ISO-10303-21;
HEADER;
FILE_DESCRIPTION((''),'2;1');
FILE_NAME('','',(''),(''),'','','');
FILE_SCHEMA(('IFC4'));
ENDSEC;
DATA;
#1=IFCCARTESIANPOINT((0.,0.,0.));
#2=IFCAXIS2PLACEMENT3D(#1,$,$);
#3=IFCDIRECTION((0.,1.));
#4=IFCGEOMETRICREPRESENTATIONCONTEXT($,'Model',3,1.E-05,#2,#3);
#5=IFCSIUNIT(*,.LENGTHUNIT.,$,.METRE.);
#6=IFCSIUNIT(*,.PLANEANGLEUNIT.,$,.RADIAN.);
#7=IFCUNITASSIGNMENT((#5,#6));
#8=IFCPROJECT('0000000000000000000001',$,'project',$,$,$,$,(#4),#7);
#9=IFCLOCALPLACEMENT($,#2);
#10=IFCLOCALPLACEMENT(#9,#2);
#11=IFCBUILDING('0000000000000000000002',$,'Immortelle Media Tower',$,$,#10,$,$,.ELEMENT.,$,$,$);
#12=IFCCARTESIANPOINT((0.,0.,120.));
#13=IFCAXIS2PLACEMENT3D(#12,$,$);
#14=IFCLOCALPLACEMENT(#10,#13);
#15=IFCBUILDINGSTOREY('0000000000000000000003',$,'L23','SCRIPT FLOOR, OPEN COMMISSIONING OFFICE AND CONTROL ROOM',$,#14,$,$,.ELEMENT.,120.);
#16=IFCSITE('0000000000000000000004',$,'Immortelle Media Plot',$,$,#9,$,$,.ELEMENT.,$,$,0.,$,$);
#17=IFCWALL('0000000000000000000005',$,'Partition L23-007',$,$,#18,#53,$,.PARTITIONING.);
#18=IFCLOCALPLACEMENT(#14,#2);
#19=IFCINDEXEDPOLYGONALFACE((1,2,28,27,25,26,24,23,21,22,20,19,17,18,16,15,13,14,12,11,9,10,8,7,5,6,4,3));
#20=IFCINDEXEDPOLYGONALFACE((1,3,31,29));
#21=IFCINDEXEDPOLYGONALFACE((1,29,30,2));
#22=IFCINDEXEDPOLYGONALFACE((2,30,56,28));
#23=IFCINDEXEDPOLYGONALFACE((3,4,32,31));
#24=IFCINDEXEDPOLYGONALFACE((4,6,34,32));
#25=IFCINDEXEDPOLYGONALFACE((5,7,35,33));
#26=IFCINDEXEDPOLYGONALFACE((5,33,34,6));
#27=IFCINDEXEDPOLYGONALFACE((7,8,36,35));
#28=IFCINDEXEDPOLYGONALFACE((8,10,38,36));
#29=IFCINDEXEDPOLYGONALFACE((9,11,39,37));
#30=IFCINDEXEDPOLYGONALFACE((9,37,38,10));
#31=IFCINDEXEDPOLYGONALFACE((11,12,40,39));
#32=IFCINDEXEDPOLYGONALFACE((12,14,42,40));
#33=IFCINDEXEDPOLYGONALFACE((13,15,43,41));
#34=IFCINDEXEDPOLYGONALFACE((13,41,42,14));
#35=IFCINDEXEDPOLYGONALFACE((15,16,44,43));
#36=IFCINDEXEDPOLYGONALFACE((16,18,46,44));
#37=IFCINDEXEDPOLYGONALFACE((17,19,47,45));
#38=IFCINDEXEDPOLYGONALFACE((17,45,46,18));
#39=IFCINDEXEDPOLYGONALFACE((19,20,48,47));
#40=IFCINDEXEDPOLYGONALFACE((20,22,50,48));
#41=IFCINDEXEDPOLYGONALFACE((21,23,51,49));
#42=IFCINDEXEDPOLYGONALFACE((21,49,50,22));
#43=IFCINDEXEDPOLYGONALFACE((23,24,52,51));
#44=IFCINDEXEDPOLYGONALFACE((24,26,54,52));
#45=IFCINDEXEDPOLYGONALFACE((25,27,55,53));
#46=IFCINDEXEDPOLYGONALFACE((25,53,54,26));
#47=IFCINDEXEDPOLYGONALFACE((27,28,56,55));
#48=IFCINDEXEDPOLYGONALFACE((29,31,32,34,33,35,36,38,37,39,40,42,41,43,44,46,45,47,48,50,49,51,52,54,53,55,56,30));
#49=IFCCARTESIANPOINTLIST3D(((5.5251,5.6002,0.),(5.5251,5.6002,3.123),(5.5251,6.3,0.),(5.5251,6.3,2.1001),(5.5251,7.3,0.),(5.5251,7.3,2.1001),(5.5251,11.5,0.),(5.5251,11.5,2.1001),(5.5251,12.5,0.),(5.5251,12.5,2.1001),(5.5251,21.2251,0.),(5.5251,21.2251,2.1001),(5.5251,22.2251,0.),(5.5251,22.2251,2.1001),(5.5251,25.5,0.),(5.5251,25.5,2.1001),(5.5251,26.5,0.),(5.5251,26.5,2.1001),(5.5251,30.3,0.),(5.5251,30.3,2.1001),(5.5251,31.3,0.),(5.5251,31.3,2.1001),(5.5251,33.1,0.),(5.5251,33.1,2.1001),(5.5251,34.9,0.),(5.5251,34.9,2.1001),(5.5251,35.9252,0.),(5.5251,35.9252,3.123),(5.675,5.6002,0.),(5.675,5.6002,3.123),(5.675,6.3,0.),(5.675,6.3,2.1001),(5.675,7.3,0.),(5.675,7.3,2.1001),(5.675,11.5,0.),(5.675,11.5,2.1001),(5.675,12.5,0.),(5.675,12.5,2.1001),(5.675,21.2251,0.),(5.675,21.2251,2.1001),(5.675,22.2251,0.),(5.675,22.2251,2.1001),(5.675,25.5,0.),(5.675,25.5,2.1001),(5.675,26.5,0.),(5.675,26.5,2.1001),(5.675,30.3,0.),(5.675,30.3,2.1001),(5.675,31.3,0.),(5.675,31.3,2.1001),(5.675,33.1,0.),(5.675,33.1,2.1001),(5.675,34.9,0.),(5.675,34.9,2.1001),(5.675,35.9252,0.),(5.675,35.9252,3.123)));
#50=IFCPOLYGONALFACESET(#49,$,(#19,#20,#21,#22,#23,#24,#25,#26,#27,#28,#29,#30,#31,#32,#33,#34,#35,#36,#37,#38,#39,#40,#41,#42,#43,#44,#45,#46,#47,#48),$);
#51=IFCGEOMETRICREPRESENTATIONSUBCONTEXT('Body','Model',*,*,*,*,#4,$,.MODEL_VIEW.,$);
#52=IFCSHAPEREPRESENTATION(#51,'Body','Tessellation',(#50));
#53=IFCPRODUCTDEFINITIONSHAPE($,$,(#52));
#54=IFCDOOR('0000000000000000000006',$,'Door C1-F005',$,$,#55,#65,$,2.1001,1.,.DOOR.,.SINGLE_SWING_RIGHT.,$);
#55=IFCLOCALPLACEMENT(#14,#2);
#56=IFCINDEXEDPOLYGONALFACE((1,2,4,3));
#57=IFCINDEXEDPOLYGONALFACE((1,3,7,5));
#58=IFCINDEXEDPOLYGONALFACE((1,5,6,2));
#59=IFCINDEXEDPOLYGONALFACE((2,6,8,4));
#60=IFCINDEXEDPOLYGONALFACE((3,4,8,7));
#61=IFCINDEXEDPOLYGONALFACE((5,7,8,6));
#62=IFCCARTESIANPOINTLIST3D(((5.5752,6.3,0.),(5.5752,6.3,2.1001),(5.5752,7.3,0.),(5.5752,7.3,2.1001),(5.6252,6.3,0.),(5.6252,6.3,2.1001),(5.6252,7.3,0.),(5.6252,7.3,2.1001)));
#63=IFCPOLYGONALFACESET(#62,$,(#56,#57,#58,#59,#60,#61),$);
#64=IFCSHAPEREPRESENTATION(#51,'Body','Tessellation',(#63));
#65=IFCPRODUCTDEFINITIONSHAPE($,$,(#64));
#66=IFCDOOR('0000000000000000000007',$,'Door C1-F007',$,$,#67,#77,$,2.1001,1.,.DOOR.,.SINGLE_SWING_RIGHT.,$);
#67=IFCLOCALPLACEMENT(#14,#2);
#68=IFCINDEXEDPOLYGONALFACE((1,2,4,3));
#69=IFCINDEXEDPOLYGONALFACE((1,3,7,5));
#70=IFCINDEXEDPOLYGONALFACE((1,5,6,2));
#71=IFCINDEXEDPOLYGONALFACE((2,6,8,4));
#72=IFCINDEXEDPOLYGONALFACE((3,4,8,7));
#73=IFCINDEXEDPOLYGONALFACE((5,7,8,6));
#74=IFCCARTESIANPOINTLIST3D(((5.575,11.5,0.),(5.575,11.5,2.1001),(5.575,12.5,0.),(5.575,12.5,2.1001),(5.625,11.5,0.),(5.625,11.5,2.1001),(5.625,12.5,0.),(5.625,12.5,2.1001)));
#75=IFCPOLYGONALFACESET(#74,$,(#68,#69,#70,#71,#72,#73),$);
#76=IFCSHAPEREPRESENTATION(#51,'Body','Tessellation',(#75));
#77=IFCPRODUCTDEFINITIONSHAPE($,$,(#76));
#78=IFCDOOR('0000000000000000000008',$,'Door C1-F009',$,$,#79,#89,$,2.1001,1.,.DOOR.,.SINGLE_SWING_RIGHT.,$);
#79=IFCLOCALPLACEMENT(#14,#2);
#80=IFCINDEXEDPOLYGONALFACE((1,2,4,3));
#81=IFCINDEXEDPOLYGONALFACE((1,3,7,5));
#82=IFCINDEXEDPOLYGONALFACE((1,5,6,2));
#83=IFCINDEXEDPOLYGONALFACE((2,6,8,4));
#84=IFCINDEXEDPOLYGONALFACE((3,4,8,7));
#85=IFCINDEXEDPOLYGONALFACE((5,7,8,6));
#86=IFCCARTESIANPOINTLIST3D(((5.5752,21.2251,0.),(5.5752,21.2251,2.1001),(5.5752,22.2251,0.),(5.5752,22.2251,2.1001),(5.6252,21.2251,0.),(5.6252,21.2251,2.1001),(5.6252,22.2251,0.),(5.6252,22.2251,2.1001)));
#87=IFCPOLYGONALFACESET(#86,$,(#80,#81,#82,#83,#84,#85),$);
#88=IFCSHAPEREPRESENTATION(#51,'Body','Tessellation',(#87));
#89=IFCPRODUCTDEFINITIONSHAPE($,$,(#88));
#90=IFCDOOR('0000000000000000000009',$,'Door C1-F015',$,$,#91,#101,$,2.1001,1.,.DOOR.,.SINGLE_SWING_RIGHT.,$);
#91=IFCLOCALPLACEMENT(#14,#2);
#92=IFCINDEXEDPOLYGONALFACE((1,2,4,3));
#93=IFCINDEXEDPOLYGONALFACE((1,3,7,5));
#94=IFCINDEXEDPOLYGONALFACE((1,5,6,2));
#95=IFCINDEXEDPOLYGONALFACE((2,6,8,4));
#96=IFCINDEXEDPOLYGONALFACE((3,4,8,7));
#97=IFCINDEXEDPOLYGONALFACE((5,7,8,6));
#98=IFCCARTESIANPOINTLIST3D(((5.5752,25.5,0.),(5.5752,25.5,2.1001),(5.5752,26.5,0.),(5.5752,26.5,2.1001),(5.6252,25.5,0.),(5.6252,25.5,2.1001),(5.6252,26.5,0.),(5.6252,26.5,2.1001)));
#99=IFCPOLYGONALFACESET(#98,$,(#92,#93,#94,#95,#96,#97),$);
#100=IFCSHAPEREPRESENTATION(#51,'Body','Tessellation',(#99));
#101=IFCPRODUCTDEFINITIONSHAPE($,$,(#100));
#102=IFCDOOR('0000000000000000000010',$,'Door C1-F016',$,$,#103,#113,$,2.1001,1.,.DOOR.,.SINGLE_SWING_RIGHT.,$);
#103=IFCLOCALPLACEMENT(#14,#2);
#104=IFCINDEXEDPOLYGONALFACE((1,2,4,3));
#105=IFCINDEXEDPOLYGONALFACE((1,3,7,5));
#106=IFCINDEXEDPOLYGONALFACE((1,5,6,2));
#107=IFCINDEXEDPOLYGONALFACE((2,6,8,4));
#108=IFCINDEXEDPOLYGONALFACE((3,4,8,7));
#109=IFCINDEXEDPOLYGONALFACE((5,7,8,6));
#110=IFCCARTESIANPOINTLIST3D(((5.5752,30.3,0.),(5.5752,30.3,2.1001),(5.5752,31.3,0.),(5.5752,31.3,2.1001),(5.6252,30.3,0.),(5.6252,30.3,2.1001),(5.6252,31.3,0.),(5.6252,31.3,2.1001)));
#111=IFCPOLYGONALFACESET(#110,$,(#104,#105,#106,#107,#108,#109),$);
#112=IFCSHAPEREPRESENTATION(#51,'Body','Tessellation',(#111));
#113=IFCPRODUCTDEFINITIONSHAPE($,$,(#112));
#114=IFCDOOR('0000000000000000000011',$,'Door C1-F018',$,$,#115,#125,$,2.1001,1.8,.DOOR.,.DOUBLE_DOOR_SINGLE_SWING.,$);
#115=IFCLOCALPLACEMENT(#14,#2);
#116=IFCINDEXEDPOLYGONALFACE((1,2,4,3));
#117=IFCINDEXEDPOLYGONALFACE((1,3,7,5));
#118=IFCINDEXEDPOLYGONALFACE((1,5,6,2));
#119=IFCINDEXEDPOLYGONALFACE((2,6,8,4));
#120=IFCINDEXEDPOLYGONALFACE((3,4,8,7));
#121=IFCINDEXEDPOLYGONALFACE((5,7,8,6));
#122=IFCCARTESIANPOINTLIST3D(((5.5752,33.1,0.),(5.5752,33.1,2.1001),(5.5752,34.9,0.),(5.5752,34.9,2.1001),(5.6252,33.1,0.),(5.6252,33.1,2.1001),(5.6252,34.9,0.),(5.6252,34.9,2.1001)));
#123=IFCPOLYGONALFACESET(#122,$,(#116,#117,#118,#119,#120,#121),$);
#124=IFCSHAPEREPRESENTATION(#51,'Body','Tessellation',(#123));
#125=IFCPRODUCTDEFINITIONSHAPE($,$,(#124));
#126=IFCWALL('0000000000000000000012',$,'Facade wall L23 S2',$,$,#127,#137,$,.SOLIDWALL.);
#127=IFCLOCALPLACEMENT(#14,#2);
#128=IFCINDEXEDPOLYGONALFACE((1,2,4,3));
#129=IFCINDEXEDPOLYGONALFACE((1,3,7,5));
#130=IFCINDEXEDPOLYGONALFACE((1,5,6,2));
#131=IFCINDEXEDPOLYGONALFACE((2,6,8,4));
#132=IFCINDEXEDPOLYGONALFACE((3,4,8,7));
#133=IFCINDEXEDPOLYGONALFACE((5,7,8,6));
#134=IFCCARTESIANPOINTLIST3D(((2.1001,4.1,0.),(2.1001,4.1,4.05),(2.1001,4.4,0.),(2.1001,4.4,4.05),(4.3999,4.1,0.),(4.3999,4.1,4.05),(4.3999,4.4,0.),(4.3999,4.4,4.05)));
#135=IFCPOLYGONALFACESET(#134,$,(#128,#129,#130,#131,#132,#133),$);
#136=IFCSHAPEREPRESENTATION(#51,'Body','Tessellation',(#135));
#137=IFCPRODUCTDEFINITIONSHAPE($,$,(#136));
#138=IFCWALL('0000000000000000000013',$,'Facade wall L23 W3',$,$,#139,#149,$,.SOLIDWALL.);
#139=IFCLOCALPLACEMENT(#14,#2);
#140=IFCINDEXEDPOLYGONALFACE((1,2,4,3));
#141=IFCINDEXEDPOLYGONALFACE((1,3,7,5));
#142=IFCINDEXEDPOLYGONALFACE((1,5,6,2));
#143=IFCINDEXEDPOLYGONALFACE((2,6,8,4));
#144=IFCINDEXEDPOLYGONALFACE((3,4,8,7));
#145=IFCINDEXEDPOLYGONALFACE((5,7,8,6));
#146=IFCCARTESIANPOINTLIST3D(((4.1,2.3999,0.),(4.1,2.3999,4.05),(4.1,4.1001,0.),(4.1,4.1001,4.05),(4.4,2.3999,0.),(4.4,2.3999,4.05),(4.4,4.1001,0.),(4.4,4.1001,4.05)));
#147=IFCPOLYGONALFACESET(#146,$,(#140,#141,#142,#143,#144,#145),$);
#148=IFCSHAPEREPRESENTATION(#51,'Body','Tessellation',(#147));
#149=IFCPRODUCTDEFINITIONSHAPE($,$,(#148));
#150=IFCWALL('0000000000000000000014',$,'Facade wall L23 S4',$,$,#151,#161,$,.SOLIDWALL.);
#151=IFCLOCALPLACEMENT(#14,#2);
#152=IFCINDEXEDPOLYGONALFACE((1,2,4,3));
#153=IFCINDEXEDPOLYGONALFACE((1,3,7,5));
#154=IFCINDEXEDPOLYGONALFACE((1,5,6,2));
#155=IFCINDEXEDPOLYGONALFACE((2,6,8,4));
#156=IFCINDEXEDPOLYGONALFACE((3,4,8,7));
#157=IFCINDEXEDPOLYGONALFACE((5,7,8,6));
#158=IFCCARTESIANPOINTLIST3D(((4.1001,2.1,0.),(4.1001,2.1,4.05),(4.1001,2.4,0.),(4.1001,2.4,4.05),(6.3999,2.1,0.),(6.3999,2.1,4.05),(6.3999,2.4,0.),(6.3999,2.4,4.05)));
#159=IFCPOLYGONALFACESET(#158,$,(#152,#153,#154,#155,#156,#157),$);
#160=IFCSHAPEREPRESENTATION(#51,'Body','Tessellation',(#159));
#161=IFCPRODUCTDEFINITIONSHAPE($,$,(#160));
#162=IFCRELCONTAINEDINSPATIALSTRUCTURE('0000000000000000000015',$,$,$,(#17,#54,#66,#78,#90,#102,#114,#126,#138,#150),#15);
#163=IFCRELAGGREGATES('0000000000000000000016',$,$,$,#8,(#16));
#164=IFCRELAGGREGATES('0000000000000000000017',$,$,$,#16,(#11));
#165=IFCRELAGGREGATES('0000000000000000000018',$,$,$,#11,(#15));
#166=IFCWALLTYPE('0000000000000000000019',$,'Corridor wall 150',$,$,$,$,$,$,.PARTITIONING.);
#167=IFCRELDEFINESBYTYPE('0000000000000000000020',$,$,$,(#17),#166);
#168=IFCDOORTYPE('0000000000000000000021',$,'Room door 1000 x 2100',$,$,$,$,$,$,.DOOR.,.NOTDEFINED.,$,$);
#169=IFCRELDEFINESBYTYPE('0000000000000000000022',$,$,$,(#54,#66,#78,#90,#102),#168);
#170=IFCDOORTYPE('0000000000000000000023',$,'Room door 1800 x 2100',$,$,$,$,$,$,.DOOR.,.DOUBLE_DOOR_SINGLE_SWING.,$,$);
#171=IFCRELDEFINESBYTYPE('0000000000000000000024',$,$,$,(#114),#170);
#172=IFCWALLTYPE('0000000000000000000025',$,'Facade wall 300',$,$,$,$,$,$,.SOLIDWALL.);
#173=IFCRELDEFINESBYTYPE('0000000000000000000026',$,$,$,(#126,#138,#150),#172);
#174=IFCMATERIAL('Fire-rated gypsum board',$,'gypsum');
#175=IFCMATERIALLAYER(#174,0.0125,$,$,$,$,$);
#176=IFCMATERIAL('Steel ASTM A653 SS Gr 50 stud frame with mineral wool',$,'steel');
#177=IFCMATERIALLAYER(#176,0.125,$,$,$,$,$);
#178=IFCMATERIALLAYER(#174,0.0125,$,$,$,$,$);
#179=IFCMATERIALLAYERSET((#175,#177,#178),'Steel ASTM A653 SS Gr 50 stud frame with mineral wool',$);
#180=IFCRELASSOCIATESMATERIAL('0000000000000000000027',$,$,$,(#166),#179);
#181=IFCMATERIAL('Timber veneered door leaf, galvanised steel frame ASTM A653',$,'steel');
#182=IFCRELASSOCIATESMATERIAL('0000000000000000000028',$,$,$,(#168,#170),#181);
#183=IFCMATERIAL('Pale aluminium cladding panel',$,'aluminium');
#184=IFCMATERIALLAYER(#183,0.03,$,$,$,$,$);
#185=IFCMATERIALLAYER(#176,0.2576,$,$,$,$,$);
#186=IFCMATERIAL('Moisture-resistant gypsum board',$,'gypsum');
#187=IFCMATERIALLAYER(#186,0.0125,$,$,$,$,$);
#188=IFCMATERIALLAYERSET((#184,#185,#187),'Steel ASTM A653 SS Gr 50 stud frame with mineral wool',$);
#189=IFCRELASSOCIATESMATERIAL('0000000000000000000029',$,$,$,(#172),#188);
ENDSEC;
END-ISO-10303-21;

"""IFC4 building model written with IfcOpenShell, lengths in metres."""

from ifc_helpers import new_model, si_unit, direction, frame, frame_2d, origin, place, context, subcontext, project, spatial, rectangle, extrude, material, layer, layer_set, type_object, element, fill, save


model = new_model("IFC4")

# Units and contexts
model_context = context("Model", 3, precision=1e-05, world=origin(), true_north=direction((0.0, 1.0)))
body_context = subcontext(model_context, "Body", "Model", "MODEL_VIEW")
ifc_project = project(units=[si_unit("LENGTHUNIT", "METRE"), si_unit("PLANEANGLEUNIT", "RADIAN")], contexts=[model_context])

# Site, building, storey
site_placement = place(None, origin())
site = spatial("IfcSite", under=ifc_project, at=site_placement, Name="Immortelle Media Plot", CompositionType="ELEMENT", RefElevation=0.0)
building_placement = place(site_placement, origin())
building = spatial("IfcBuilding", under=site, at=building_placement, Name="Immortelle Media Tower", CompositionType="ELEMENT")
storey_placement = place(building_placement, frame((0.0, 0.0, 120.0)))
storey = spatial("IfcBuildingStorey", under=building, at=storey_placement, Name="L23", Description="SCRIPT FLOOR, OPEN COMMISSIONING OFFICE AND CONTROL ROOM", CompositionType="ELEMENT", Elevation=120.0)

# Wall, openings, doors
ifc_material_1 = material(Name="Fire-rated gypsum board", Category="gypsum")
ifc_layer_1 = layer(ifc_material_1, 0.0125)
ifc_material_2 = material(Name="Steel ASTM A653 SS Gr 50 stud frame with mineral wool", Category="steel")
ifc_layer_2 = layer(ifc_material_2, 0.125)
ifc_layer_3 = layer(ifc_material_1, 0.0125)
ifc_layer_set_1 = layer_set([ifc_layer_1, ifc_layer_2, ifc_layer_3], Name="Steel ASTM A653 SS Gr 50 stud frame with mineral wool")
wall_type_1 = type_object("IfcWallType", Name="Corridor wall 150", PredefinedType="PARTITIONING", material=ifc_layer_set_1)
ifc_material_3 = material(Name="Timber veneered door leaf, galvanised steel frame ASTM A653", Category="steel")
door_type_1 = type_object("IfcDoorType", Name="Room door 1000 x 2100", OperationType="NOTDEFINED", PredefinedType="DOOR", material=ifc_material_3)
wall_1_placement = place(storey_placement, frame((5.6001, 5.6001, 0.0), z_axis=(0.0, 0.0, 1.0), x_axis=(0.0, 1.0, 0.0)))
wall_1 = element("IfcWall", 1, at=wall_1_placement, inside=storey, type_object=wall_type_1, Name="Partition L23-007", PredefinedType="PARTITIONING", context=body_context, shape_type="SweptSolid", body=[
    extrude(rectangle(XDim=30.325, YDim=0.1499, at=frame_2d((15.1626, 0.0))), origin(), (0.0, 0.0, 1.0), 3.123),
])
opening_1_placement = place(wall_1_placement, frame((0.7, 0.0, 0.0)))
opening_1 = element("IfcOpeningElement", 2, at=opening_1_placement, cuts=wall_1, PredefinedType="OPENING", context=body_context, shape_type="SweptSolid", body=[
    extrude(rectangle(XDim=1.0, YDim=2.1001, at=frame_2d((0.5, 1.05))), frame((0.0, 0.085, 0.0), z_axis=(0.0, -1.0, 0.0), x_axis=(1.0, 0.0, 0.0)), (0.0, 0.0, 1.0), 0.1699),
])
opening_2_placement = place(wall_1_placement, frame((6.8999, 0.0, 0.0), z_axis=(0.0, 0.0, 1.0), x_axis=(-1.0, 0.0, 0.0)))
opening_2 = element("IfcOpeningElement", 3, at=opening_2_placement, cuts=wall_1, PredefinedType="OPENING", context=body_context, shape_type="SweptSolid", body=[
    extrude(rectangle(XDim=1.0, YDim=2.1001, at=frame_2d((0.5, 1.05))), frame((0.0, 0.085, 0.0), z_axis=(0.0, -1.0, 0.0), x_axis=(1.0, 0.0, 0.0)), (0.0, 0.0, 1.0), 0.1699),
])
opening_3_placement = place(wall_1_placement, frame((15.625, 0.0, 0.0)))
opening_3 = element("IfcOpeningElement", 4, at=opening_3_placement, cuts=wall_1, PredefinedType="OPENING", context=body_context, shape_type="SweptSolid", body=[
    extrude(rectangle(XDim=1.0, YDim=2.1001, at=frame_2d((0.5, 1.05))), frame((0.0, 0.085, 0.0), z_axis=(0.0, -1.0, 0.0), x_axis=(1.0, 0.0, 0.0)), (0.0, 0.0, 1.0), 0.1699),
])
opening_4_placement = place(wall_1_placement, frame((19.8999, 0.0, 0.0)))
opening_4 = element("IfcOpeningElement", 5, at=opening_4_placement, cuts=wall_1, PredefinedType="OPENING", context=body_context, shape_type="SweptSolid", body=[
    extrude(rectangle(XDim=1.0, YDim=2.1001, at=frame_2d((0.5, 1.05))), frame((0.0, 0.085, 0.0), z_axis=(0.0, -1.0, 0.0), x_axis=(1.0, 0.0, 0.0)), (0.0, 0.0, 1.0), 0.1699),
])
opening_5_placement = place(wall_1_placement, frame((24.7, 0.0, 0.0)))
opening_5 = element("IfcOpeningElement", 6, at=opening_5_placement, cuts=wall_1, PredefinedType="OPENING", context=body_context, shape_type="SweptSolid", body=[
    extrude(rectangle(XDim=1.0, YDim=2.1001, at=frame_2d((0.5, 1.05))), frame((0.0, 0.085, 0.0), z_axis=(0.0, -1.0, 0.0), x_axis=(1.0, 0.0, 0.0)), (0.0, 0.0, 1.0), 0.1699),
])
opening_6_placement = place(wall_1_placement, frame((27.5, 0.0, 0.0)))
opening_6 = element("IfcOpeningElement", 7, at=opening_6_placement, cuts=wall_1, PredefinedType="OPENING", context=body_context, shape_type="SweptSolid", body=[
    extrude(rectangle(XDim=1.8, YDim=2.1001, at=frame_2d((0.8999, 1.05))), frame((0.0, 0.085, 0.0), z_axis=(0.0, -1.0, 0.0), x_axis=(1.0, 0.0, 0.0)), (0.0, 0.0, 1.0), 0.1699),
])
door_1_placement = place(opening_1_placement, origin())
door_1 = element("IfcDoor", 8, at=door_1_placement, inside=storey, type_object=door_type_1, Name="Door C1-F005", OperationType="SINGLE_SWING_RIGHT", OverallHeight=2.1001, OverallWidth=1.0, PredefinedType="DOOR", context=body_context, shape_type="SweptSolid", body=[
    extrude(rectangle(XDim=1.0, YDim=2.1001, at=frame_2d((0.5, 1.05))), frame((0.0, 0.0249, 0.0), z_axis=(0.0, -1.0, 0.0), x_axis=(1.0, 0.0, 0.0)), (0.0, 0.0, 1.0), 0.05),
])
fill(opening_1, door_1)
door_2_placement = place(opening_2_placement, origin())
door_2 = element("IfcDoor", 9, at=door_2_placement, inside=storey, type_object=door_type_1, Name="Door C1-F007", OperationType="SINGLE_SWING_RIGHT", OverallHeight=2.1001, OverallWidth=1.0, PredefinedType="DOOR", context=body_context, shape_type="SweptSolid", body=[
    extrude(rectangle(XDim=1.0, YDim=2.1001, at=frame_2d((0.5, 1.05))), frame((0.0, 0.0249, 0.0), z_axis=(0.0, -1.0, 0.0), x_axis=(1.0, 0.0, 0.0)), (0.0, 0.0, 1.0), 0.05),
])
fill(opening_2, door_2)
door_3_placement = place(opening_3_placement, origin())
door_3 = element("IfcDoor", 10, at=door_3_placement, inside=storey, type_object=door_type_1, Name="Door C1-F009", OperationType="SINGLE_SWING_RIGHT", OverallHeight=2.1001, OverallWidth=1.0, PredefinedType="DOOR", context=body_context, shape_type="SweptSolid", body=[
    extrude(rectangle(XDim=1.0, YDim=2.1001, at=frame_2d((0.5, 1.05))), frame((0.0, 0.0249, 0.0), z_axis=(0.0, -1.0, 0.0), x_axis=(1.0, 0.0, 0.0)), (0.0, 0.0, 1.0), 0.05),
])
fill(opening_3, door_3)
door_4_placement = place(opening_4_placement, origin())
door_4 = element("IfcDoor", 11, at=door_4_placement, inside=storey, type_object=door_type_1, Name="Door C1-F015", OperationType="SINGLE_SWING_RIGHT", OverallHeight=2.1001, OverallWidth=1.0, PredefinedType="DOOR", context=body_context, shape_type="SweptSolid", body=[
    extrude(rectangle(XDim=1.0, YDim=2.1001, at=frame_2d((0.5, 1.05))), frame((0.0, 0.0249, 0.0), z_axis=(0.0, -1.0, 0.0), x_axis=(1.0, 0.0, 0.0)), (0.0, 0.0, 1.0), 0.05),
])
fill(opening_4, door_4)
door_5_placement = place(opening_5_placement, origin())
door_5 = element("IfcDoor", 12, at=door_5_placement, inside=storey, type_object=door_type_1, Name="Door C1-F016", OperationType="SINGLE_SWING_RIGHT", OverallHeight=2.1001, OverallWidth=1.0, PredefinedType="DOOR", context=body_context, shape_type="SweptSolid", body=[
    extrude(rectangle(XDim=1.0, YDim=2.1001, at=frame_2d((0.5, 1.05))), frame((0.0, 0.0249, 0.0), z_axis=(0.0, -1.0, 0.0), x_axis=(1.0, 0.0, 0.0)), (0.0, 0.0, 1.0), 0.05),
])
fill(opening_5, door_5)
door_type_2 = type_object("IfcDoorType", Name="Room door 1800 x 2100", OperationType="DOUBLE_DOOR_SINGLE_SWING", PredefinedType="DOOR", material=ifc_material_3)
door_6_placement = place(opening_6_placement, origin())
door_6 = element("IfcDoor", 13, at=door_6_placement, inside=storey, type_object=door_type_2, Name="Door C1-F018", OperationType="DOUBLE_DOOR_SINGLE_SWING", OverallHeight=2.1001, OverallWidth=1.8, PredefinedType="DOOR", context=body_context, shape_type="SweptSolid", body=[
    extrude(rectangle(XDim=1.8, YDim=2.1001, at=frame_2d((0.8999, 1.05))), frame((0.0, 0.0249, 0.0), z_axis=(0.0, -1.0, 0.0), x_axis=(1.0, 0.0, 0.0)), (0.0, 0.0, 1.0), 0.05),
])
fill(opening_6, door_6)

# Walls
ifc_material_4 = material(Name="Pale aluminium cladding panel", Category="aluminium")
ifc_layer_4 = layer(ifc_material_4, 0.03)
ifc_layer_5 = layer(ifc_material_2, 0.2576)
ifc_material_5 = material(Name="Moisture-resistant gypsum board", Category="gypsum")
ifc_layer_6 = layer(ifc_material_5, 0.0125)
ifc_layer_set_2 = layer_set([ifc_layer_4, ifc_layer_5, ifc_layer_6], Name="Steel ASTM A653 SS Gr 50 stud frame with mineral wool")
wall_type_2 = type_object("IfcWallType", Name="Facade wall 300", PredefinedType="SOLIDWALL", material=ifc_layer_set_2)
wall_2_placement = place(storey_placement, frame((2.1001, 4.25, 0.0), z_axis=(0.0, 0.0, 1.0), x_axis=(1.0, 0.0, 0.0)))
element("IfcWall", 14, at=wall_2_placement, inside=storey, type_object=wall_type_2, Name="Facade wall L23 S2", PredefinedType="SOLIDWALL", context=body_context, shape_type="SweptSolid", body=[
    extrude(rectangle(XDim=2.2998, YDim=0.3, at=frame_2d((1.1499, 0.0))), origin(), (0.0, 0.0, 1.0), 4.05),
])
wall_3_placement = place(storey_placement, frame((4.25, 4.1001, 0.0), z_axis=(0.0, 0.0, 1.0), x_axis=(0.0, -1.0, 0.0)))
element("IfcWall", 15, at=wall_3_placement, inside=storey, type_object=wall_type_2, Name="Facade wall L23 W3", PredefinedType="SOLIDWALL", context=body_context, shape_type="SweptSolid", body=[
    extrude(rectangle(XDim=1.7002, YDim=0.3, at=frame_2d((0.8501, 0.0))), origin(), (0.0, 0.0, 1.0), 4.05),
])
wall_4_placement = place(storey_placement, frame((4.1001, 2.25, 0.0), z_axis=(0.0, 0.0, 1.0), x_axis=(1.0, 0.0, 0.0)))
element("IfcWall", 16, at=wall_4_placement, inside=storey, type_object=wall_type_2, Name="Facade wall L23 S4", PredefinedType="SOLIDWALL", context=body_context, shape_type="SweptSolid", body=[
    extrude(rectangle(XDim=2.2998, YDim=0.3, at=frame_2d((1.1499, 0.0))), origin(), (0.0, 0.0, 1.0), 4.05),
])

save(model, "model.ifc")
